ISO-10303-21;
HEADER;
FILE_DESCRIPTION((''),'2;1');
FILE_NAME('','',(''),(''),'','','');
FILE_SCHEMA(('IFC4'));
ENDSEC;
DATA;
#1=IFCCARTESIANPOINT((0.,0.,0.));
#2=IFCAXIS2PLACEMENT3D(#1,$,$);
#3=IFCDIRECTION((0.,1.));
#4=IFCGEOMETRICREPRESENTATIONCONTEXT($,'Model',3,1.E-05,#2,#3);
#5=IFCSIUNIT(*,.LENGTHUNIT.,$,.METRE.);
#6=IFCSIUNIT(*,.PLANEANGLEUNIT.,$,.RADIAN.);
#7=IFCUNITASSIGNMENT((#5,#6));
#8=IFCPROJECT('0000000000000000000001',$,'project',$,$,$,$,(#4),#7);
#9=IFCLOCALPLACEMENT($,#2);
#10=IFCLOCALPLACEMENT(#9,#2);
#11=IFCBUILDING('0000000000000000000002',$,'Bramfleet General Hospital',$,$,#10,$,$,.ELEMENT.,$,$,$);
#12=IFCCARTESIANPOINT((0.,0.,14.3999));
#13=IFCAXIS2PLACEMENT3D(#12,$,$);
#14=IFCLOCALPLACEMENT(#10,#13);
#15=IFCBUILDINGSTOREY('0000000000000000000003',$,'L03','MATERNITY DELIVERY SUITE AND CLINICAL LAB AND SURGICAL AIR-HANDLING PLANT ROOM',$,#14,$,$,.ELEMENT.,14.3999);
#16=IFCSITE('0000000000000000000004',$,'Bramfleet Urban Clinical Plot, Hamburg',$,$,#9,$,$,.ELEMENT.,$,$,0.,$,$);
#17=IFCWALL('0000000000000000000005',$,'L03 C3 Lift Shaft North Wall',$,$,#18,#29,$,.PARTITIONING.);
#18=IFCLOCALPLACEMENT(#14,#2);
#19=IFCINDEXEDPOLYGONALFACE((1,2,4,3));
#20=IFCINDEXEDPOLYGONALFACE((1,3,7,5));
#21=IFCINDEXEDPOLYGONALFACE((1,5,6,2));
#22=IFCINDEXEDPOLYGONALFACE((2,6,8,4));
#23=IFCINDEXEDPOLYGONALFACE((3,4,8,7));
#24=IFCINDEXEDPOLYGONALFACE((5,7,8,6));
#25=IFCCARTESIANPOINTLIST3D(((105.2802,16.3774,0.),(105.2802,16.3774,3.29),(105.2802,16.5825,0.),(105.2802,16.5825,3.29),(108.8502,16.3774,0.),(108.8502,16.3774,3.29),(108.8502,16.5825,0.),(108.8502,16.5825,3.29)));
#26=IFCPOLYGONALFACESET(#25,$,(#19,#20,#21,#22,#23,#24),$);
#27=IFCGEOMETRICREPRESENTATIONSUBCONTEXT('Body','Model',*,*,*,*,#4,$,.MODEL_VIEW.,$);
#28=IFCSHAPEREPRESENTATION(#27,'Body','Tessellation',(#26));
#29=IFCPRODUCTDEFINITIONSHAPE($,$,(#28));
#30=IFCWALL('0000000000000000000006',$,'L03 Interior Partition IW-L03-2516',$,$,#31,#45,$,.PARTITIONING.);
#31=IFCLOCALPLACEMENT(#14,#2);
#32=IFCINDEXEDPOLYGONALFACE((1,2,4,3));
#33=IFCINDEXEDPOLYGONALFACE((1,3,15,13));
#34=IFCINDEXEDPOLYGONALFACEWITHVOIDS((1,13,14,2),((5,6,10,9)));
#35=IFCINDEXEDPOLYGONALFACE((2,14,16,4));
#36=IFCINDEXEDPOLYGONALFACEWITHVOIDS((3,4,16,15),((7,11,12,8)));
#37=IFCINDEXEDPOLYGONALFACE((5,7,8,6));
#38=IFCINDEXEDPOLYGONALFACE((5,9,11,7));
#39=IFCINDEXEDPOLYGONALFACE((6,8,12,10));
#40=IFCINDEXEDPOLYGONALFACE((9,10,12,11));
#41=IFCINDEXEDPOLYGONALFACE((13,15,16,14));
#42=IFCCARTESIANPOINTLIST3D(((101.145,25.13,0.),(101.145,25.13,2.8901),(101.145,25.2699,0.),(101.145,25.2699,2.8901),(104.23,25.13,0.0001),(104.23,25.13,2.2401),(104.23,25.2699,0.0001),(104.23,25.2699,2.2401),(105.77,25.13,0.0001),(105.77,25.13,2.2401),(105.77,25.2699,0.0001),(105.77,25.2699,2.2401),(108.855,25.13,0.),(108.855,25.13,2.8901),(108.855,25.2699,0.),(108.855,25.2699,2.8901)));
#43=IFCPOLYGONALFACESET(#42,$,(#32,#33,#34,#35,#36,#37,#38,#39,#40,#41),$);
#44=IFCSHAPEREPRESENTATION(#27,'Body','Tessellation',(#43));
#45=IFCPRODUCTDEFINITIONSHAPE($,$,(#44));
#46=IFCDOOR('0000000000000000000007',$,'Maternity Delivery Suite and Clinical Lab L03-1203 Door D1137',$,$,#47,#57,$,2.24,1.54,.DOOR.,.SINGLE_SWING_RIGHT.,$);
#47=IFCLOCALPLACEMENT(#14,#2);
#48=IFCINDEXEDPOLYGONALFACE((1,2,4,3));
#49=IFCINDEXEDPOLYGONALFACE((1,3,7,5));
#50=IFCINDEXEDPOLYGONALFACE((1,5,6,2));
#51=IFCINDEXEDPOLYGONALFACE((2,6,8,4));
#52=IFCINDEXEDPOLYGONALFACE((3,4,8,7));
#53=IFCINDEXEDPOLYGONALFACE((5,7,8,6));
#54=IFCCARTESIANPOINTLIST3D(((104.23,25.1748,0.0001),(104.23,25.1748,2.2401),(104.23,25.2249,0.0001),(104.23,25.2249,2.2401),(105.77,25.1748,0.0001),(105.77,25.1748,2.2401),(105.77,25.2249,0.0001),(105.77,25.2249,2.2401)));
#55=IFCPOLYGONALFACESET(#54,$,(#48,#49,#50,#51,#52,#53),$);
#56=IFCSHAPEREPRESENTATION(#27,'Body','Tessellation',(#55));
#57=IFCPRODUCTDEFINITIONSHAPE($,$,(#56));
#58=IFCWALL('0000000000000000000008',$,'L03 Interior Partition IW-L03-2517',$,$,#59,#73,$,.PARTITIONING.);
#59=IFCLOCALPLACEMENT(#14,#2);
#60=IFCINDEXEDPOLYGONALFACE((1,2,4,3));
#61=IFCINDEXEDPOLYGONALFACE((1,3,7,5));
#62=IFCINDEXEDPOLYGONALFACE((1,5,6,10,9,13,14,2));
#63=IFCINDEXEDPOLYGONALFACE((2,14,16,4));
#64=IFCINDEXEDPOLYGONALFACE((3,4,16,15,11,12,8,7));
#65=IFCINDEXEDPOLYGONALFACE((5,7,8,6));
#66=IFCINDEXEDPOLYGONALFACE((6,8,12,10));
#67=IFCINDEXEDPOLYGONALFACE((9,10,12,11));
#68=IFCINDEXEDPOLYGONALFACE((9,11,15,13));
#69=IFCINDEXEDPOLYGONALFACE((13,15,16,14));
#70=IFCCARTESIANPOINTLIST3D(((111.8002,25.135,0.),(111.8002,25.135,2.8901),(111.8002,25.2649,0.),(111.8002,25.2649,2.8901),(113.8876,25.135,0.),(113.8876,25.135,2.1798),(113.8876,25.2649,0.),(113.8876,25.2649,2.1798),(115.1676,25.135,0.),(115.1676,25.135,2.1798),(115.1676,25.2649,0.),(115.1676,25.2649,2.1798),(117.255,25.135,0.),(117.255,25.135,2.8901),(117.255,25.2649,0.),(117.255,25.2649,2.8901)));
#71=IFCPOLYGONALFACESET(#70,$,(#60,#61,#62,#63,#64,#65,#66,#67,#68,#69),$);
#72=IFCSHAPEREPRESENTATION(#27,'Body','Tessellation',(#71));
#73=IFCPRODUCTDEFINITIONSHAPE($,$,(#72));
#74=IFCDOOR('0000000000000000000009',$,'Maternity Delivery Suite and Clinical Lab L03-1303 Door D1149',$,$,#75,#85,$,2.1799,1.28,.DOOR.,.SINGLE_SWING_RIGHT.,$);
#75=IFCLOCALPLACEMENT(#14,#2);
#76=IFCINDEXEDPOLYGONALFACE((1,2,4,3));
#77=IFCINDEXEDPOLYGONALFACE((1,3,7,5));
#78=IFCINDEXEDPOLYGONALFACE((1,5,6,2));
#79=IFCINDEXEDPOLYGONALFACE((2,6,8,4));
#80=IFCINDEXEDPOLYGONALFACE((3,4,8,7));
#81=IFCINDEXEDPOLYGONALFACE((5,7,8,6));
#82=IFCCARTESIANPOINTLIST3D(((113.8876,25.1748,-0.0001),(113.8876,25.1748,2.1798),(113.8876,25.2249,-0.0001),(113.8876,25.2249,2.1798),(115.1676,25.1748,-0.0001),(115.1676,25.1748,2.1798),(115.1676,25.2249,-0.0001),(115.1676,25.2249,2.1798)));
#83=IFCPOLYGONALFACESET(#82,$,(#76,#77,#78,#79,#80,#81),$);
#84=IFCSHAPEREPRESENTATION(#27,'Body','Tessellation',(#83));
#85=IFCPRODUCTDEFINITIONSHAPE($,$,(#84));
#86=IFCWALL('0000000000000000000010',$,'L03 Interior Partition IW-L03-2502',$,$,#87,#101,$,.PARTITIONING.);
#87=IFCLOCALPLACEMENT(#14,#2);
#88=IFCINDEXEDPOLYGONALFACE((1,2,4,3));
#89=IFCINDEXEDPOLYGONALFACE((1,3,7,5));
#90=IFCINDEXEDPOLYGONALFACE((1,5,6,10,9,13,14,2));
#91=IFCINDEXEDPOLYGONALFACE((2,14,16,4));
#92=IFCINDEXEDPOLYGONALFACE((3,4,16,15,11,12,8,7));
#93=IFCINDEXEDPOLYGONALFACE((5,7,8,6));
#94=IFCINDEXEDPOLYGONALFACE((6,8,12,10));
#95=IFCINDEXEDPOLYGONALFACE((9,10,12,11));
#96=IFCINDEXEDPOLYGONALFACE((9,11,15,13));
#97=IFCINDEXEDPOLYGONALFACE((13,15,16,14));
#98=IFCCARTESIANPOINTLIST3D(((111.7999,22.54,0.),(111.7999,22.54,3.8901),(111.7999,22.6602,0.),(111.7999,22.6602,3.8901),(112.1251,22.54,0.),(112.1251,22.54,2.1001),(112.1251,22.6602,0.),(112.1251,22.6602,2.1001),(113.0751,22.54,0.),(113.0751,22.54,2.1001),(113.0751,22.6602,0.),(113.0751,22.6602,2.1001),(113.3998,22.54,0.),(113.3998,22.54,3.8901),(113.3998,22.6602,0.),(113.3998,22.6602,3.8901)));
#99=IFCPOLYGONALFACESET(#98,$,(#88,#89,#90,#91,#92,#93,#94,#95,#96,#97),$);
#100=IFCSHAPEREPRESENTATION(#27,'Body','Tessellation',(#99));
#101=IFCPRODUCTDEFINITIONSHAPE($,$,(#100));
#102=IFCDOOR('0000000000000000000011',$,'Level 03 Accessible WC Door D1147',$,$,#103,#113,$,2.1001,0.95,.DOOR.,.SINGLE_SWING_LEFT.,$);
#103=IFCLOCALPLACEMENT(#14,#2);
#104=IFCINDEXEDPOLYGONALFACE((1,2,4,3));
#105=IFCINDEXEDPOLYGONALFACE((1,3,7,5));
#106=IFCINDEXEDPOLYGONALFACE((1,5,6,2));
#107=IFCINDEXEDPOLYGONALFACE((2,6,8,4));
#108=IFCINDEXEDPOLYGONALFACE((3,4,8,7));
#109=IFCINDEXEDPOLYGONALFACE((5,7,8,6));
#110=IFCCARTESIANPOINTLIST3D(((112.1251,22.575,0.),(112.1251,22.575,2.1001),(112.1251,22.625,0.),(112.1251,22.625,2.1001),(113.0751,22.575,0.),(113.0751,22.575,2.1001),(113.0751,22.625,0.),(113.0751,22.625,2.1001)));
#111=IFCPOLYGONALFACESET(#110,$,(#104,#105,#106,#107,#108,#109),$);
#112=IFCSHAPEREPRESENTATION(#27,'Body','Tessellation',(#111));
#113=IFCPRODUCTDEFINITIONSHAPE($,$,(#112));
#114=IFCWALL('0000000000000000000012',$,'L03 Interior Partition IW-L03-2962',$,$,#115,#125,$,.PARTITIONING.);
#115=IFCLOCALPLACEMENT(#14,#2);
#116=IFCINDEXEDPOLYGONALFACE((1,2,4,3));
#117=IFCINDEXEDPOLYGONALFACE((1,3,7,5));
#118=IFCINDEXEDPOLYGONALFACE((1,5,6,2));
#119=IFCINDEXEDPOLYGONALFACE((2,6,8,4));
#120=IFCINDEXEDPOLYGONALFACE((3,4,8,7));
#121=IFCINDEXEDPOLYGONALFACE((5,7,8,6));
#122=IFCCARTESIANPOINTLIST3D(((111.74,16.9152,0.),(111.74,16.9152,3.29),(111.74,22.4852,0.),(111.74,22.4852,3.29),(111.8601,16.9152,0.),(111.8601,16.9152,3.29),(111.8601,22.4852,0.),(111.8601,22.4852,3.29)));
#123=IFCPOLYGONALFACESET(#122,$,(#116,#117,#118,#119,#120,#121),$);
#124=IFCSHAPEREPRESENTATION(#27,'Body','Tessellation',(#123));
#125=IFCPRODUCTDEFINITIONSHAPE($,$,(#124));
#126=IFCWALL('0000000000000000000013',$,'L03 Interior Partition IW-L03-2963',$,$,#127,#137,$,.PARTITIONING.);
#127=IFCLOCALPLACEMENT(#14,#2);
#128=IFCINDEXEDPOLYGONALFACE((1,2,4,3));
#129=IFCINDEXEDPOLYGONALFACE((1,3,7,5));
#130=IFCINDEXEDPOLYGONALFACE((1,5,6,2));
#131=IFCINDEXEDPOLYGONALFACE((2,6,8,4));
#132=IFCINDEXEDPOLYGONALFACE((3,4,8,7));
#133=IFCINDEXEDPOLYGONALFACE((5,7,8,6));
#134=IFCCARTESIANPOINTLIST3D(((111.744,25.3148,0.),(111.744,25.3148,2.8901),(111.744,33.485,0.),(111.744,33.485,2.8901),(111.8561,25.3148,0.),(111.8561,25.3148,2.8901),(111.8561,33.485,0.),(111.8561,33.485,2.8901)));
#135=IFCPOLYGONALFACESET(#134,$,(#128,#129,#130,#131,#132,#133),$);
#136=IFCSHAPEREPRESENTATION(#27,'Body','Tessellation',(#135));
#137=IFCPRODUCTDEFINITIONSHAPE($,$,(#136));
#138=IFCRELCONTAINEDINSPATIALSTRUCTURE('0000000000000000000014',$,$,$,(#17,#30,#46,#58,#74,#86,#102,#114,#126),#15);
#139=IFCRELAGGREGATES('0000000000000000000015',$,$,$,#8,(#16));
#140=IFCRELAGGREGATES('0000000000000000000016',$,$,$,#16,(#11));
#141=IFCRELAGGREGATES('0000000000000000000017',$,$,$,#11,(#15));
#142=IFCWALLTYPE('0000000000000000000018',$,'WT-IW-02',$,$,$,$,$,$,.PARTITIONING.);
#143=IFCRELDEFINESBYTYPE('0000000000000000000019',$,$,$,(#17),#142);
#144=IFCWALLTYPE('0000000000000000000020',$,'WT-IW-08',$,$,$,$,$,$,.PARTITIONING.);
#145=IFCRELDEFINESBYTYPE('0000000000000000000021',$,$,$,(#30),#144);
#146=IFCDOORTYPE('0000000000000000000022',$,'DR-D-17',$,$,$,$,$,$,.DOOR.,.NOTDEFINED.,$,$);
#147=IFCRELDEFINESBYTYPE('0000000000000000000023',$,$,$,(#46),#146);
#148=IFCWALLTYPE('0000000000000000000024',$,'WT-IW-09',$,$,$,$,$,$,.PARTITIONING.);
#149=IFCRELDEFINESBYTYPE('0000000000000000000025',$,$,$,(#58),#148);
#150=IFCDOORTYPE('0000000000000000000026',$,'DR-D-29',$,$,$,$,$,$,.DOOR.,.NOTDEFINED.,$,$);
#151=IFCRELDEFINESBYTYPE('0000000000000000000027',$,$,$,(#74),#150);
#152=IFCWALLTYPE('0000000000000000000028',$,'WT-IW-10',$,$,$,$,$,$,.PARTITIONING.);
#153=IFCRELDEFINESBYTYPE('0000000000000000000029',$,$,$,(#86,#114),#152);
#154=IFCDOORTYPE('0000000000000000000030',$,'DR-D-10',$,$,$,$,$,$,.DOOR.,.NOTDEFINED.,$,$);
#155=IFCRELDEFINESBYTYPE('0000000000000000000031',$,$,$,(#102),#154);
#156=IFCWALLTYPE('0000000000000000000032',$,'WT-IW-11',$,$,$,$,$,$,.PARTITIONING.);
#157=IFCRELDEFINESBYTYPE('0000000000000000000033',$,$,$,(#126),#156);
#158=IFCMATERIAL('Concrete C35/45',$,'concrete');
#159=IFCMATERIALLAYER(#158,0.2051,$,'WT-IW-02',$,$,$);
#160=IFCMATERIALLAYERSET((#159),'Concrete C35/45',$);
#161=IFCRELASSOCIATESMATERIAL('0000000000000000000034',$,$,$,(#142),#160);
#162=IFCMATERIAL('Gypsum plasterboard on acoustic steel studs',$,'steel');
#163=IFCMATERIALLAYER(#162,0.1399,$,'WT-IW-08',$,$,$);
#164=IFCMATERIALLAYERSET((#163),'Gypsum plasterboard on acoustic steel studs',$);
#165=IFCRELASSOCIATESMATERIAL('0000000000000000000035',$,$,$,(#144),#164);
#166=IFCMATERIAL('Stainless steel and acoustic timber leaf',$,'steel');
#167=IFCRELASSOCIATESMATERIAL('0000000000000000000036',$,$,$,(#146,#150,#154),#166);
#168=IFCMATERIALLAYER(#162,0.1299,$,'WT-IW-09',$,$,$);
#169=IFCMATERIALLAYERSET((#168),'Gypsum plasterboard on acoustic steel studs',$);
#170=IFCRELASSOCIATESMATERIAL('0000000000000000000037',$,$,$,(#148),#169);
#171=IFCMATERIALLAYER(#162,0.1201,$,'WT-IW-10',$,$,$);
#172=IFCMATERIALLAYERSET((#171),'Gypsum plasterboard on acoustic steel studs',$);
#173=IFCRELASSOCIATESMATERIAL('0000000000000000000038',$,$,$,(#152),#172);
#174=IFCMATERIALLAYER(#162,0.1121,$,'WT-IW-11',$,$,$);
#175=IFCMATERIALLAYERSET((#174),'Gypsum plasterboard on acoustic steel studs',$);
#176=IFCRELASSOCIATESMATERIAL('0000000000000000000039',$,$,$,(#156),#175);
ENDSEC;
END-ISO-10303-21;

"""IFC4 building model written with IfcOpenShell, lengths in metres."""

from ifc_helpers import new_model, si_unit, direction, frame, frame_2d, origin, place, context, subcontext, project, spatial, rectangle, extrude, material, layer, layer_set, type_object, element, fill, save


model = new_model("IFC4")

# Units and contexts
model_context = context("Model", 3, precision=1e-05, world=origin(), true_north=direction((0.0, 1.0)))
body_context = subcontext(model_context, "Body", "Model", "MODEL_VIEW")
ifc_project = project(units=[si_unit("LENGTHUNIT", "METRE"), si_unit("PLANEANGLEUNIT", "RADIAN")], contexts=[model_context])

# Site, building, storey
site_placement = place(None, origin())
site = spatial("IfcSite", under=ifc_project, at=site_placement, Name="Bramfleet Urban Clinical Plot, Hamburg", CompositionType="ELEMENT", RefElevation=0.0)
building_placement = place(site_placement, origin())
building = spatial("IfcBuilding", under=site, at=building_placement, Name="Bramfleet General Hospital", CompositionType="ELEMENT")
storey_placement = place(building_placement, frame((0.0, 0.0, 14.3999)))
storey = spatial("IfcBuildingStorey", under=building, at=storey_placement, Name="L03", Description="MATERNITY DELIVERY SUITE AND CLINICAL LAB AND SURGICAL AIR-HANDLING PLANT ROOM", CompositionType="ELEMENT", Elevation=14.3999)

# Shared definitions
ifc_material_1 = material(Name="Concrete C35/45", Category="concrete")

# Shared definitions
ifc_layer_1 = layer(ifc_material_1, 0.2051, Name="WT-IW-02")
ifc_layer_set_1 = layer_set([ifc_layer_1], Name="Concrete C35/45")
wall_type_1 = type_object("IfcWallType", Name="WT-IW-02", PredefinedType="PARTITIONING", material=ifc_layer_set_1)

# Wall
wall_1_placement = place(storey_placement, frame((105.28, 16.48, 0.0), z_axis=(0.0, 0.0, 1.0), x_axis=(1.0, 0.0, 0.0)))
element("IfcWall", 1, at=wall_1_placement, inside=storey, type_object=wall_type_1, Name="L03 C3 Lift Shaft North Wall", PredefinedType="PARTITIONING", context=body_context, shape_type="SweptSolid", body=[
    extrude(rectangle(XDim=3.5701, YDim=0.2051, at=frame_2d((1.7852, 0.0))), origin(), (0.0, 0.0, 1.0), 3.29),
])

# Walls, openings, doors
ifc_material_2 = material(Name="Gypsum plasterboard on acoustic steel studs", Category="steel")
ifc_layer_2 = layer(ifc_material_2, 0.1399, Name="WT-IW-08")
ifc_layer_set_2 = layer_set([ifc_layer_2], Name="Gypsum plasterboard on acoustic steel studs")
wall_type_2 = type_object("IfcWallType", Name="WT-IW-08", PredefinedType="PARTITIONING", material=ifc_layer_set_2)
wall_2_placement = place(storey_placement, frame((101.145, 25.2, 0.0), z_axis=(0.0, 0.0, 1.0), x_axis=(1.0, 0.0, 0.0)))
wall_2 = element("IfcWall", 2, at=wall_2_placement, inside=storey, type_object=wall_type_2, Name="L03 Interior Partition IW-L03-2516", PredefinedType="PARTITIONING", context=body_context, shape_type="SweptSolid", body=[
    extrude(rectangle(XDim=7.71, YDim=0.1399, at=frame_2d((3.855, 0.0))), origin(), (0.0, 0.0, 1.0), 2.8901),
])
opening_1_placement = place(wall_2_placement, frame((3.085, 0.0, 0.0)))
opening_1 = element("IfcOpeningElement", 3, at=opening_1_placement, cuts=wall_2, PredefinedType="OPENING", context=body_context, shape_type="SweptSolid", body=[
    extrude(rectangle(XDim=1.54, YDim=2.24, at=frame_2d((0.77, 1.1201))), frame((0.0, 0.0798, 0.0), z_axis=(0.0, -1.0, 0.0), x_axis=(1.0, 0.0, 0.0)), (0.0, 0.0, 1.0), 0.1599),
])
ifc_material_3 = material(Name="Stainless steel and acoustic timber leaf", Category="steel")
door_type_1 = type_object("IfcDoorType", Name="DR-D-17", OperationType="NOTDEFINED", PredefinedType="DOOR", material=ifc_material_3)
door_1_placement = place(opening_1_placement, origin())
door_1 = element("IfcDoor", 4, at=door_1_placement, inside=storey, type_object=door_type_1, Name="Maternity Delivery Suite and Clinical Lab L03-1203 Door D1137", OperationType="SINGLE_SWING_RIGHT", OverallHeight=2.24, OverallWidth=1.54, PredefinedType="DOOR", context=body_context, shape_type="SweptSolid", body=[
    extrude(rectangle(XDim=1.54, YDim=2.24, at=frame_2d((0.77, 1.1201))), frame((0.0, 0.0249, 0.0), z_axis=(0.0, -1.0, 0.0), x_axis=(1.0, 0.0, 0.0)), (0.0, 0.0, 1.0), 0.05),
])
fill(opening_1, door_1)
ifc_layer_3 = layer(ifc_material_2, 0.1299, Name="WT-IW-09")
ifc_layer_set_3 = layer_set([ifc_layer_3], Name="Gypsum plasterboard on acoustic steel studs")
wall_type_3 = type_object("IfcWallType", Name="WT-IW-09", PredefinedType="PARTITIONING", material=ifc_layer_set_3)
wall_3_placement = place(storey_placement, frame((111.8, 25.2, 0.0), z_axis=(0.0, 0.0, 1.0), x_axis=(1.0, 0.0, 0.0)))
wall_3 = element("IfcWall", 5, at=wall_3_placement, inside=storey, type_object=wall_type_3, Name="L03 Interior Partition IW-L03-2517", PredefinedType="PARTITIONING", context=body_context, shape_type="SweptSolid", body=[
    extrude(rectangle(XDim=5.4548, YDim=0.1299, at=frame_2d((2.7275, 0.0))), origin(), (0.0, 0.0, 1.0), 2.8901),
])
opening_2_placement = place(wall_3_placement, frame((2.0874, 0.0, 0.0)))
opening_2 = element("IfcOpeningElement", 6, at=opening_2_placement, cuts=wall_3, PredefinedType="OPENING", context=body_context, shape_type="SweptSolid", body=[
    extrude(rectangle(XDim=1.28, YDim=2.1799, at=frame_2d((0.6401, 1.0898))), frame((0.0, 0.075, 0.0), z_axis=(0.0, -1.0, 0.0), x_axis=(1.0, 0.0, 0.0)), (0.0, 0.0, 1.0), 0.1499),
])
door_type_2 = type_object("IfcDoorType", Name="DR-D-29", OperationType="NOTDEFINED", PredefinedType="DOOR", material=ifc_material_3)
door_2_placement = place(opening_2_placement, origin())
door_2 = element("IfcDoor", 7, at=door_2_placement, inside=storey, type_object=door_type_2, Name="Maternity Delivery Suite and Clinical Lab L03-1303 Door D1149", OperationType="SINGLE_SWING_RIGHT", OverallHeight=2.1799, OverallWidth=1.28, PredefinedType="DOOR", context=body_context, shape_type="SweptSolid", body=[
    extrude(rectangle(XDim=1.28, YDim=2.1799, at=frame_2d((0.6401, 1.0898))), frame((0.0, 0.0249, 0.0), z_axis=(0.0, -1.0, 0.0), x_axis=(1.0, 0.0, 0.0)), (0.0, 0.0, 1.0), 0.05),
])
fill(opening_2, door_2)
ifc_layer_4 = layer(ifc_material_2, 0.1201, Name="WT-IW-10")
ifc_layer_set_4 = layer_set([ifc_layer_4], Name="Gypsum plasterboard on acoustic steel studs")
wall_type_4 = type_object("IfcWallType", Name="WT-IW-10", PredefinedType="PARTITIONING", material=ifc_layer_set_4)
wall_4_placement = place(storey_placement, frame((111.8, 22.6001, 0.0), z_axis=(0.0, 0.0, 1.0), x_axis=(1.0, 0.0, 0.0)))
wall_4 = element("IfcWall", 8, at=wall_4_placement, inside=storey, type_object=wall_type_4, Name="L03 Interior Partition IW-L03-2502", PredefinedType="PARTITIONING", context=body_context, shape_type="SweptSolid", body=[
    extrude(rectangle(XDim=1.5999, YDim=0.1201, at=frame_2d((0.7998, 0.0))), origin(), (0.0, 0.0, 1.0), 3.8901),
])
opening_3_placement = place(wall_4_placement, frame((0.325, 0.0, 0.0)))
opening_3 = element("IfcOpeningElement", 9, at=opening_3_placement, cuts=wall_4, PredefinedType="OPENING", context=body_context, shape_type="SweptSolid", body=[
    extrude(rectangle(XDim=0.95, YDim=2.1001, at=frame_2d((0.4751, 1.05))), frame((0.0, 0.0701, 0.0), z_axis=(0.0, -1.0, 0.0), x_axis=(1.0, 0.0, 0.0)), (0.0, 0.0, 1.0), 0.1401),
])
door_type_3 = type_object("IfcDoorType", Name="DR-D-10", OperationType="NOTDEFINED", PredefinedType="DOOR", material=ifc_material_3)
door_3_placement = place(opening_3_placement, origin())
door_3 = element("IfcDoor", 10, at=door_3_placement, inside=storey, type_object=door_type_3, Name="Level 03 Accessible WC Door D1147", OperationType="SINGLE_SWING_LEFT", OverallHeight=2.1001, OverallWidth=0.95, PredefinedType="DOOR", context=body_context, shape_type="SweptSolid", body=[
    extrude(rectangle(XDim=0.95, YDim=2.1001, at=frame_2d((0.4751, 1.05))), frame((0.0, 0.0249, 0.0), z_axis=(0.0, -1.0, 0.0), x_axis=(1.0, 0.0, 0.0)), (0.0, 0.0, 1.0), 0.05),
])
fill(opening_3, door_3)

# Walls
wall_5_placement = place(storey_placement, frame((111.8, 16.915, 0.0), z_axis=(0.0, 0.0, 1.0), x_axis=(0.0, 1.0, 0.0)))
element("IfcWall", 11, at=wall_5_placement, inside=storey, type_object=wall_type_4, Name="L03 Interior Partition IW-L03-2962", PredefinedType="PARTITIONING", context=body_context, shape_type="SweptSolid", body=[
    extrude(rectangle(XDim=5.5701, YDim=0.1201, at=frame_2d((2.7852, 0.0))), origin(), (0.0, 0.0, 1.0), 3.29),
])
ifc_layer_5 = layer(ifc_material_2, 0.1121, Name="WT-IW-11")
ifc_layer_set_5 = layer_set([ifc_layer_5], Name="Gypsum plasterboard on acoustic steel studs")
wall_type_5 = type_object("IfcWallType", Name="WT-IW-11", PredefinedType="PARTITIONING", material=ifc_layer_set_5)
wall_6_placement = place(storey_placement, frame((111.8, 25.3149, 0.0), z_axis=(0.0, 0.0, 1.0), x_axis=(0.0, 1.0, 0.0)))
element("IfcWall", 12, at=wall_6_placement, inside=storey, type_object=wall_type_5, Name="L03 Interior Partition IW-L03-2963", PredefinedType="PARTITIONING", context=body_context, shape_type="SweptSolid", body=[
    extrude(rectangle(XDim=8.1702, YDim=0.1121, at=frame_2d((4.085, 0.0))), origin(), (0.0, 0.0, 1.0), 2.8901),
])

save(model, "model.ifc")
